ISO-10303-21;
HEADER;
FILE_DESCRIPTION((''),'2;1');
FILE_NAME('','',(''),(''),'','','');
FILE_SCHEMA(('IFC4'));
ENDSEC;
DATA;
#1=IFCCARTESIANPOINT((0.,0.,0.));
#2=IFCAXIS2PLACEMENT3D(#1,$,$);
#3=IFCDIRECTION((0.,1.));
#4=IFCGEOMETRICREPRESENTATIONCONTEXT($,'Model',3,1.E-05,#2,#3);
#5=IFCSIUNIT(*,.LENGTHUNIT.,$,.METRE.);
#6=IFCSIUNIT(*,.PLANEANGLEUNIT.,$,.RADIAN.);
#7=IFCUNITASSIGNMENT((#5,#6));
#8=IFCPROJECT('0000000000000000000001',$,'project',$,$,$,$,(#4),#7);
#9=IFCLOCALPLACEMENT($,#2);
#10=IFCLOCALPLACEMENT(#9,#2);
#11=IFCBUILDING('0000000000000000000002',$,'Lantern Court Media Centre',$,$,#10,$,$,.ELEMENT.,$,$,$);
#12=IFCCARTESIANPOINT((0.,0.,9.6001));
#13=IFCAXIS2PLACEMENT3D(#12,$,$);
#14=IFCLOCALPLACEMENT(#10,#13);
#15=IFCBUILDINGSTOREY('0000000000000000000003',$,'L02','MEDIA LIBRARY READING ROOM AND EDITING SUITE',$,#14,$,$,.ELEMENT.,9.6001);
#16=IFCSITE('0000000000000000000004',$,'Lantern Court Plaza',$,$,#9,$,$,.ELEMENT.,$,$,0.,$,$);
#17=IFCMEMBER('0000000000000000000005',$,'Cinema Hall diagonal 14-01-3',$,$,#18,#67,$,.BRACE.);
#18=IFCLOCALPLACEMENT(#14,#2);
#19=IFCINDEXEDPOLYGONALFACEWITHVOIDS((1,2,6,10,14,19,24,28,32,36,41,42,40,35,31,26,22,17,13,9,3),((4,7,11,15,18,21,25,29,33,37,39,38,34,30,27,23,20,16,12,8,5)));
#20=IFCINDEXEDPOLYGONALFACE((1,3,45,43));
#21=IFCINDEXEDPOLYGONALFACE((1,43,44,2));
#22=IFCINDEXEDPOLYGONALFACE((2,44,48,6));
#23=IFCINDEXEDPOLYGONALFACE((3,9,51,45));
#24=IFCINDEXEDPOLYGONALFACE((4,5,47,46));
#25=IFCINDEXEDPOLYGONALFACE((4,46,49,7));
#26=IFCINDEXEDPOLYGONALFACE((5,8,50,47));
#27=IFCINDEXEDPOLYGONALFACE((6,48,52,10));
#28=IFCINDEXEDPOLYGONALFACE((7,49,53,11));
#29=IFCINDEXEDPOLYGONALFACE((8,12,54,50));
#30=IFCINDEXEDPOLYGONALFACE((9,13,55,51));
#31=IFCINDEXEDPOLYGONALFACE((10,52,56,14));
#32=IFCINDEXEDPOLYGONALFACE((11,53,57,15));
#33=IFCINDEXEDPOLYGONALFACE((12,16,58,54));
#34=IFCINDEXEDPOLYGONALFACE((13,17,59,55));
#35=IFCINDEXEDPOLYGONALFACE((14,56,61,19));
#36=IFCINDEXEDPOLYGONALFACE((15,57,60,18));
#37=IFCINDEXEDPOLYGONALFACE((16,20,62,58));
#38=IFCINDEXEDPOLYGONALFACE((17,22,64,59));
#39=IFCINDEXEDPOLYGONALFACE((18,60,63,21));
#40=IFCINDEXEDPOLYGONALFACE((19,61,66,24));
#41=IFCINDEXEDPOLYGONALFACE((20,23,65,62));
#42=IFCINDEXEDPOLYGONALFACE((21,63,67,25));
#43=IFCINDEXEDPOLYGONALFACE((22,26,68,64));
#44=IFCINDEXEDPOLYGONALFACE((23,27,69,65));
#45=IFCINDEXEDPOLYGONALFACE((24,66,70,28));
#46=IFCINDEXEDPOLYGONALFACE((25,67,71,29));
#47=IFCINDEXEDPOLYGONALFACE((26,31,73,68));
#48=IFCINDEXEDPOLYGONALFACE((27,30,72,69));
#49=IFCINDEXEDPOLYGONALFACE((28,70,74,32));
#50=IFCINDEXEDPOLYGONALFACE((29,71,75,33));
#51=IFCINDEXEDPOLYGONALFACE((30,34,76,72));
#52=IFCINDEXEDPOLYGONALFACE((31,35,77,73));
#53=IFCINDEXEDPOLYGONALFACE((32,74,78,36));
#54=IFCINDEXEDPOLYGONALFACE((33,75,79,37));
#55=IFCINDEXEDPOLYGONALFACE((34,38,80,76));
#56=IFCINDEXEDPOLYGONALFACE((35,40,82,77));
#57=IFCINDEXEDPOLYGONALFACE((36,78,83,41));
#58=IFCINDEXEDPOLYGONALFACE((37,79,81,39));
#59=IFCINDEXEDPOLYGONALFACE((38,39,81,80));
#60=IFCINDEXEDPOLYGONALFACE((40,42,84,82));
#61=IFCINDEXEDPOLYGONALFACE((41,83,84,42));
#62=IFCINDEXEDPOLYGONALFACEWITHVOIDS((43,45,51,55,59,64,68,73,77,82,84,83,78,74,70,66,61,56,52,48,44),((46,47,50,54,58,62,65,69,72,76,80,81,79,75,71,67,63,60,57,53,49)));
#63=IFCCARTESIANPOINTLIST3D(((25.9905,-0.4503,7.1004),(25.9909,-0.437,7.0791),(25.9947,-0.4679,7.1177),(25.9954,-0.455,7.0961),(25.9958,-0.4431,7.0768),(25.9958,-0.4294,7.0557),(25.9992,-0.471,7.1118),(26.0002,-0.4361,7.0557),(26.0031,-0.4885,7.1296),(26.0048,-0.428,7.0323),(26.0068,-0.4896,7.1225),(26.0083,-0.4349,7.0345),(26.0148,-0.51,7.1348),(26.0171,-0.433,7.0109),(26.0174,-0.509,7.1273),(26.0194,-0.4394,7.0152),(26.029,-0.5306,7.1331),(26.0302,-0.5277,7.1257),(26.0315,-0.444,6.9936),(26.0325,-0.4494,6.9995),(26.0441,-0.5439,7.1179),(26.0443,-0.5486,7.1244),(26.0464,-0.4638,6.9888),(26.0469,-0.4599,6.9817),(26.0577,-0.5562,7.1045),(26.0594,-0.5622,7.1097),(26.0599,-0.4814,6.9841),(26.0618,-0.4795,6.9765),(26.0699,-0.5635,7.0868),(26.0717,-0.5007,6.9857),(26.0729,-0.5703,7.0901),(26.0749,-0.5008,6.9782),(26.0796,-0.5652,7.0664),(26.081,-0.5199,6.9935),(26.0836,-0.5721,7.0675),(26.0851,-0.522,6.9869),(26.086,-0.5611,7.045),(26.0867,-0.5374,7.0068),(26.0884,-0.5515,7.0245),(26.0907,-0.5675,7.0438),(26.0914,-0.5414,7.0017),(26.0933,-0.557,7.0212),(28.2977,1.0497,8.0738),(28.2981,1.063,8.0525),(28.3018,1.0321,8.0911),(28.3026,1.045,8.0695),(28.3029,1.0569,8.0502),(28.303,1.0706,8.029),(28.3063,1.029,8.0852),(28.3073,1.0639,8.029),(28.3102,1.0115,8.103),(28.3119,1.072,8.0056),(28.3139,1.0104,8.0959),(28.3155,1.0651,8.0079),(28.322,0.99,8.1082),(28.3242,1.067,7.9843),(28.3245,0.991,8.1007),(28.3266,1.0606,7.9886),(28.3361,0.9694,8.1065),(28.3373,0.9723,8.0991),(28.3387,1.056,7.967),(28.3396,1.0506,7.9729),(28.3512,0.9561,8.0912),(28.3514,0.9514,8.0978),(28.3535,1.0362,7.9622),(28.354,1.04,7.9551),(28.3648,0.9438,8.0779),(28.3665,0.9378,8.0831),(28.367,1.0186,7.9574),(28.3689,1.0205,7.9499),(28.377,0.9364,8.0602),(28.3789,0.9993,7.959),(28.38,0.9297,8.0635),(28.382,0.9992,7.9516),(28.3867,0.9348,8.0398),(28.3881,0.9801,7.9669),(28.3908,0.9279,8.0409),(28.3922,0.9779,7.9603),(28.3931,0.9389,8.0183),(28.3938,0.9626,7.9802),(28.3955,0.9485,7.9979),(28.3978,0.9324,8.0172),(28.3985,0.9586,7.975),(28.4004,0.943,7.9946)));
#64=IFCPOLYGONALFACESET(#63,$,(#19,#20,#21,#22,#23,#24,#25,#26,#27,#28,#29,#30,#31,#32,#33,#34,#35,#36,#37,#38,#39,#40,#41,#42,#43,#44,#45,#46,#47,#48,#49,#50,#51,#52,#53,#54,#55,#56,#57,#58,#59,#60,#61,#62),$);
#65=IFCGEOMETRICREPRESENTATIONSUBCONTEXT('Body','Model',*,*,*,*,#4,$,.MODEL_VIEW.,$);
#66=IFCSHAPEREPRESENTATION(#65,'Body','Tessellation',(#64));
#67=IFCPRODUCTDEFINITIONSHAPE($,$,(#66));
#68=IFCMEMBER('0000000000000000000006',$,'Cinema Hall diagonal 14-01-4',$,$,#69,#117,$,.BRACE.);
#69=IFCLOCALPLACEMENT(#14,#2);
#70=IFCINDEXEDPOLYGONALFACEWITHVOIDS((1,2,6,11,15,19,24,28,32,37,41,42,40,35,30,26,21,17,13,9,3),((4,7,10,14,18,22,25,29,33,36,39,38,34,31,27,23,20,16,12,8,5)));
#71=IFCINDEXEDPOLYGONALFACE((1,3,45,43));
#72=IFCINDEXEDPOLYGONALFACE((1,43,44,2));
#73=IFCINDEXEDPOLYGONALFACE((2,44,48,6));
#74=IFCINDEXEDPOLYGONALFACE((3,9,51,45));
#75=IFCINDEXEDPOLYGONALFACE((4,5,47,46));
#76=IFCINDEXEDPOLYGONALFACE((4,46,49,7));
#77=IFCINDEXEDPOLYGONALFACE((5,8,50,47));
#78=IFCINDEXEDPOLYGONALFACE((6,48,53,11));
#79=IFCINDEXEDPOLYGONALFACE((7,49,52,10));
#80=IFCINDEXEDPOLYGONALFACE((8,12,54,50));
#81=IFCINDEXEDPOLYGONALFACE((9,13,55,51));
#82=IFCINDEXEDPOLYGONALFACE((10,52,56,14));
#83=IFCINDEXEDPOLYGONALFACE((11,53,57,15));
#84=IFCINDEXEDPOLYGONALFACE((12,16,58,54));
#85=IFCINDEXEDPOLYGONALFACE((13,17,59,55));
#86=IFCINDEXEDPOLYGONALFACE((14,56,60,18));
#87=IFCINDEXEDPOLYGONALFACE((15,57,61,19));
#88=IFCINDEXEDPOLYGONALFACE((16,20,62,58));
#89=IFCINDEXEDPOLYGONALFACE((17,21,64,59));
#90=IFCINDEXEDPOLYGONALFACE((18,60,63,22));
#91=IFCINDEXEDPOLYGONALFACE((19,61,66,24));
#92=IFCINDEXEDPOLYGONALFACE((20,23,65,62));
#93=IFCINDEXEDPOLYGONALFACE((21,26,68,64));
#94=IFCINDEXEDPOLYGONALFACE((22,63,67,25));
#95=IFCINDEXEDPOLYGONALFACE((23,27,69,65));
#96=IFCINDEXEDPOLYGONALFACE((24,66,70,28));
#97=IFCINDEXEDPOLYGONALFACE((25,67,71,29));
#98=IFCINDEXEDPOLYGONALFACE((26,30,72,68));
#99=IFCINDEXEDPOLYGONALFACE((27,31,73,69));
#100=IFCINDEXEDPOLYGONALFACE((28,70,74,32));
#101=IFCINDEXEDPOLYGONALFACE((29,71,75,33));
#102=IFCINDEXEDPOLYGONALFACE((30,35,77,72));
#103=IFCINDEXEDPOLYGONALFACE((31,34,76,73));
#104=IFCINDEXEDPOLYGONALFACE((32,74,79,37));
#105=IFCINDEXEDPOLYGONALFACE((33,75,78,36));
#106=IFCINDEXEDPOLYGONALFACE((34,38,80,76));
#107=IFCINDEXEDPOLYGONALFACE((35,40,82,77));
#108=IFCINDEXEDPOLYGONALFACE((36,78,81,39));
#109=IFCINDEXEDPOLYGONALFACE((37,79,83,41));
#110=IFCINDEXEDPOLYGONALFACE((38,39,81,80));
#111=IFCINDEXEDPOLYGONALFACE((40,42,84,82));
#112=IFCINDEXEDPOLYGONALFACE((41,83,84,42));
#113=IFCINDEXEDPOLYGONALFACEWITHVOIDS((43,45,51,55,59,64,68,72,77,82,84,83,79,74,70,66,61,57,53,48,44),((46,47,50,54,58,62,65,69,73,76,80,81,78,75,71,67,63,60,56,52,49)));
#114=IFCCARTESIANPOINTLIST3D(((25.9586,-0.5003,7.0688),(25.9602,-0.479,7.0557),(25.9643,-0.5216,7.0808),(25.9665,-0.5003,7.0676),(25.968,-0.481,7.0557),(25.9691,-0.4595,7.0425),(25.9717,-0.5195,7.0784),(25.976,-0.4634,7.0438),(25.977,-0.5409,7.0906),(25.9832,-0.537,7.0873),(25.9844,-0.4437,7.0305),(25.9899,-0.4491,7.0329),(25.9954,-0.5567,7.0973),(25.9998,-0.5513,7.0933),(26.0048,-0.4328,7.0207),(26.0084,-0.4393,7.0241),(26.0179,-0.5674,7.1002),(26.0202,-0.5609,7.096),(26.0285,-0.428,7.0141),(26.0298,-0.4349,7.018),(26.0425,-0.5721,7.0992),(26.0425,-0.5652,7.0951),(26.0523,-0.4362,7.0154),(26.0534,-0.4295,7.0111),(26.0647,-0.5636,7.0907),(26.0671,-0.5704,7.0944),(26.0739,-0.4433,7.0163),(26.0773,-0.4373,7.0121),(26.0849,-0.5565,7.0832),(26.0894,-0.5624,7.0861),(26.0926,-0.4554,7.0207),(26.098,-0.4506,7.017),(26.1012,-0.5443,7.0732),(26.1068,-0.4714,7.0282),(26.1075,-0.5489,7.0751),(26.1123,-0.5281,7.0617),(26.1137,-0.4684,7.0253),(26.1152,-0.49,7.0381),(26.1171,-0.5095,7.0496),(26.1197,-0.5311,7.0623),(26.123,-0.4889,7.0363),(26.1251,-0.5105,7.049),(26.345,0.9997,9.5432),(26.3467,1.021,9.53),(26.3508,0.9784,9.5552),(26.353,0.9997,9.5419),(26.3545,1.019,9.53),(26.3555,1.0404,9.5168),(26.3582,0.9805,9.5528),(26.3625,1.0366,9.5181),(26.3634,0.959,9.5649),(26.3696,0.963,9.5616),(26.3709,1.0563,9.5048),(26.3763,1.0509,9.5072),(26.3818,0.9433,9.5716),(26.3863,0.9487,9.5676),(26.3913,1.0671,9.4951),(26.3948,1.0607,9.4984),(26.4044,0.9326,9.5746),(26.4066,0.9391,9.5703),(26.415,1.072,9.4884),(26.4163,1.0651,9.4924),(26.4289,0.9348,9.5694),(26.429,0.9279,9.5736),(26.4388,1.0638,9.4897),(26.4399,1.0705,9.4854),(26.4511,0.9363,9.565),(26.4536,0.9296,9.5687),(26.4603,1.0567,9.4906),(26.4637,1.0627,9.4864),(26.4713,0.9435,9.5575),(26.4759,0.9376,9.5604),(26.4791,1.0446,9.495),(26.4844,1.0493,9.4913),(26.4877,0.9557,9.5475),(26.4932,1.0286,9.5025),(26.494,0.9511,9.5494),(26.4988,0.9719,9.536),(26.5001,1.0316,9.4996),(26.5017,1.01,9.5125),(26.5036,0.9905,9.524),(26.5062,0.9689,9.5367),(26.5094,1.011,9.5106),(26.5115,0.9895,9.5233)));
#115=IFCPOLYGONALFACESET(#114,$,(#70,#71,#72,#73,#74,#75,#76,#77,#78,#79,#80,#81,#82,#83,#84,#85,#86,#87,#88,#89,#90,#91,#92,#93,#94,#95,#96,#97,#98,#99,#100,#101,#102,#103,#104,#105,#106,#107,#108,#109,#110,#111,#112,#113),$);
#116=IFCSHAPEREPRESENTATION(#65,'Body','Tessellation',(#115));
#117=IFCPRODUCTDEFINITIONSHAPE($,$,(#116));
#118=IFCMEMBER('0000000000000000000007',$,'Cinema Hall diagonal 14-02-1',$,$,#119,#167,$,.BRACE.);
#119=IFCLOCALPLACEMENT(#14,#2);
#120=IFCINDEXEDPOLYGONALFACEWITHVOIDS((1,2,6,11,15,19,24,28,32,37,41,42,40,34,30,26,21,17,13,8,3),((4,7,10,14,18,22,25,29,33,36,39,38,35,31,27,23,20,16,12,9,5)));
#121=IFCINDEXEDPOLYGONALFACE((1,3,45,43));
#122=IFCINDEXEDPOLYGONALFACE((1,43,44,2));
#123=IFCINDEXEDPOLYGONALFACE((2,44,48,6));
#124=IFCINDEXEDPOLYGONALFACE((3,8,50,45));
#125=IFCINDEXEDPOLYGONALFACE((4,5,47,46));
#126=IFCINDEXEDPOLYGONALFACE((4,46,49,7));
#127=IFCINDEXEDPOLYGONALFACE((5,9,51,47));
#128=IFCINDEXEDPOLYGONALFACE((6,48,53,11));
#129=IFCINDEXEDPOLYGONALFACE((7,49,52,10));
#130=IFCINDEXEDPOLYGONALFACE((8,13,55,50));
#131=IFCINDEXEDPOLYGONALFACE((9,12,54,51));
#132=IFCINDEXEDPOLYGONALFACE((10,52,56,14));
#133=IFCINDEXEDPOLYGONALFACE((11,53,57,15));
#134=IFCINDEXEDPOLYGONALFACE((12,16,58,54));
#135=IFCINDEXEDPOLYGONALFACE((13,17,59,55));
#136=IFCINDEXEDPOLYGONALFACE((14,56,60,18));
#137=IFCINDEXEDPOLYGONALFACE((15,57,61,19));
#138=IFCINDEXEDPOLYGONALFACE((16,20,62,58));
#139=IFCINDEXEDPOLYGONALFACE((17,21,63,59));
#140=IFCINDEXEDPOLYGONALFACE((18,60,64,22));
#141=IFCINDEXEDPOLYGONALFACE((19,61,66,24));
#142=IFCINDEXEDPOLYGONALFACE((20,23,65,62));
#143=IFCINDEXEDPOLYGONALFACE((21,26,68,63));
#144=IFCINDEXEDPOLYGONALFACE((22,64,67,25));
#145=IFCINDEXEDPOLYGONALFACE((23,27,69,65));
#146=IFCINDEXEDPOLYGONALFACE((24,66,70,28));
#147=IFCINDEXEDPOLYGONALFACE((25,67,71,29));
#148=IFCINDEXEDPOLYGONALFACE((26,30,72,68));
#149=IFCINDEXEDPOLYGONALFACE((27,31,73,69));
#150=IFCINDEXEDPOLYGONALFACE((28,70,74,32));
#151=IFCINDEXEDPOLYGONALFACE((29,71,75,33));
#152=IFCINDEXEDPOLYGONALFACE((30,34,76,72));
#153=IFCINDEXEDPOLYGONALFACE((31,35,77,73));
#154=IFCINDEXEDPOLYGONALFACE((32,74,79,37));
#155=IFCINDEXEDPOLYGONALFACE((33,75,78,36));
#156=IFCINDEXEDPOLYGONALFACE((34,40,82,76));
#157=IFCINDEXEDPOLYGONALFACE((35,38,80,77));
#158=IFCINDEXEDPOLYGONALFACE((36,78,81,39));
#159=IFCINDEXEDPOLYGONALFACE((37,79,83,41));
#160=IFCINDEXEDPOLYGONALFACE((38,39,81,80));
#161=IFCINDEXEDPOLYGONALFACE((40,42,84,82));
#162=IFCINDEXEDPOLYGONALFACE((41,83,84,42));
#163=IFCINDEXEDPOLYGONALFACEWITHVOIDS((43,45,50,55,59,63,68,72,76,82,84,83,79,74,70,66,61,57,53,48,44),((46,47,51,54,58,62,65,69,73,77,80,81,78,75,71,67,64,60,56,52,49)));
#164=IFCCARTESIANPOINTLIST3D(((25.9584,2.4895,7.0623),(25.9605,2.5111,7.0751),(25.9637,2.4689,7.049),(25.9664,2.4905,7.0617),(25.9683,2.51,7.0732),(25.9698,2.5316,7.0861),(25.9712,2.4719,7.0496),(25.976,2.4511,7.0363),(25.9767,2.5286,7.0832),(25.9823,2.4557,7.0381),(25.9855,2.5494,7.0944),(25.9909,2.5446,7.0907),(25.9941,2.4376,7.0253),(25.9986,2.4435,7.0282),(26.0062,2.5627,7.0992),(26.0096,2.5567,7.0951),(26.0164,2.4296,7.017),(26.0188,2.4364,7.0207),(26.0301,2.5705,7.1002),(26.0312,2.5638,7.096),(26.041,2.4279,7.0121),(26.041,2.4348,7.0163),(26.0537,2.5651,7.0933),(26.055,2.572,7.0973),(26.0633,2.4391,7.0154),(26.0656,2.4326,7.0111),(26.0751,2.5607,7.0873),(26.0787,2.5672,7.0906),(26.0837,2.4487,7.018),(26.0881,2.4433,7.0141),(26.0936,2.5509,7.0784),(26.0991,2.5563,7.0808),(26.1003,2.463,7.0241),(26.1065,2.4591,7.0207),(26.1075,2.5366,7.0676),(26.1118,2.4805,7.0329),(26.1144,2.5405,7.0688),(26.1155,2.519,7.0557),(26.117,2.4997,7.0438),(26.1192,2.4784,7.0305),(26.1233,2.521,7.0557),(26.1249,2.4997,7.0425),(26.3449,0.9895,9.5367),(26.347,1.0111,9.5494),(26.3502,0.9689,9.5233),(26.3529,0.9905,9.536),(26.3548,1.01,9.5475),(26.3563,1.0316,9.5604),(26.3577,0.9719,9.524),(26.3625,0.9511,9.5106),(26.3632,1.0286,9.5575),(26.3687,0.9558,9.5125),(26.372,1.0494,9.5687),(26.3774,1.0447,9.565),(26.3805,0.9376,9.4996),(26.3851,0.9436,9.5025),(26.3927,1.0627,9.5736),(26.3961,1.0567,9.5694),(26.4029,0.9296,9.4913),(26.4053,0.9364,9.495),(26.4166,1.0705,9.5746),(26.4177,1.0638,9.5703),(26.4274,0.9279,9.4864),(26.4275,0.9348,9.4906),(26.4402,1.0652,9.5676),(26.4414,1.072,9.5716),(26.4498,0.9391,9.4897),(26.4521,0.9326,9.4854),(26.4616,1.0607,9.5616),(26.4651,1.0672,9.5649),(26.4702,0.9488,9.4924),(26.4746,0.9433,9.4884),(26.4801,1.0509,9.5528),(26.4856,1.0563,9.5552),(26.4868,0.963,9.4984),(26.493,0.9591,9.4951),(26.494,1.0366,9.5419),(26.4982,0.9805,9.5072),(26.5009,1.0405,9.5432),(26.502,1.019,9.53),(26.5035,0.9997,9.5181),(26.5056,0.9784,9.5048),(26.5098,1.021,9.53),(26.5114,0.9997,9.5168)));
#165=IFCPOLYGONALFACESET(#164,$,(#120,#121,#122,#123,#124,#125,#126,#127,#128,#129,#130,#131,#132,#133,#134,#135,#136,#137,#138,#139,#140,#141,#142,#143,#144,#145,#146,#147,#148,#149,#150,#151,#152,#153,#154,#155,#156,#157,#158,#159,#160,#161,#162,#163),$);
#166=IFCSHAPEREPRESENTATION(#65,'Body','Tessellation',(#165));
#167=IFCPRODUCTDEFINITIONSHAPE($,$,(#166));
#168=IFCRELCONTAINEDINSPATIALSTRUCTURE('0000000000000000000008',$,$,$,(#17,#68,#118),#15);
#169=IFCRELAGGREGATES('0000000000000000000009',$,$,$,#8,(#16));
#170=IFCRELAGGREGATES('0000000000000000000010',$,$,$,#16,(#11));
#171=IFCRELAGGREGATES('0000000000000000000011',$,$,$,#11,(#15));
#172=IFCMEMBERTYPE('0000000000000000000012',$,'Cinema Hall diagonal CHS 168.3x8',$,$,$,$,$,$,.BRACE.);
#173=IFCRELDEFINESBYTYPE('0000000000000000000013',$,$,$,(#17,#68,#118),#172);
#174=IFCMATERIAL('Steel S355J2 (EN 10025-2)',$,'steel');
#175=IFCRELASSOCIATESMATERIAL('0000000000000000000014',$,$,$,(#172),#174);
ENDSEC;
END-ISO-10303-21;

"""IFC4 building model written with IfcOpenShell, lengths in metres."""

from ifc_helpers import new_model, si_unit, direction, frame, origin, origin_2d, place, context, subcontext, project, spatial, hollow_circle, extrude, material, material_profile, profile_set, type_object, element, save


model = new_model("IFC4")

# Units and contexts
model_context = context("Model", 3, precision=1e-05, world=origin(), true_north=direction((0.0, 1.0)))
body_context = subcontext(model_context, "Body", "Model", "MODEL_VIEW")
ifc_project = project(units=[si_unit("LENGTHUNIT", "METRE"), si_unit("PLANEANGLEUNIT", "RADIAN")], contexts=[model_context])

# Site, building, storey
site_placement = place(None, origin())
site = spatial("IfcSite", under=ifc_project, at=site_placement, Name="Lantern Court Plaza", CompositionType="ELEMENT", RefElevation=0.0)
building_placement = place(site_placement, origin())
building = spatial("IfcBuilding", under=site, at=building_placement, Name="Lantern Court Media Centre", CompositionType="ELEMENT")
storey_placement = place(building_placement, frame((0.0, 0.0, 9.6001)))
storey = spatial("IfcBuildingStorey", under=building, at=storey_placement, Name="L02", Description="MEDIA LIBRARY READING ROOM AND EDITING SUITE", CompositionType="ELEMENT", Elevation=9.6001)

# Members
ifc_material_1 = material(Name="Steel S355J2 (EN 10025-2)", Category="steel")
ifc_material_profile_1 = material_profile(ifc_material_1, hollow_circle(Radius=0.0842, WallThickness=0.0081, at=origin_2d()), Name="Cinema Hall diagonal CHS 168.3x8")
ifc_profile_set_1 = profile_set([ifc_material_profile_1], Name="Steel S355J2 (EN 10025-2)")
member_type_1 = type_object("IfcMemberType", Name="Cinema Hall diagonal CHS 168.3x8", PredefinedType="BRACE", material=ifc_profile_set_1)
for number, where, z_axis, x_axis, name in (
    (1, (26.0417, -0.5, 7.0557), (0.790394, 0.513882, 0.333471), (-0.545082, 0.838383, 0.0), "Cinema Hall diagonal 14-01-3"),
):
    element("IfcMember", number, at=place(storey_placement, frame(where, z_axis=z_axis, x_axis=x_axis)), inside=storey, type_object=member_type_1, Name=name, PredefinedType="BRACE", context=body_context, shape_type="SweptSolid", body=[
        extrude(hollow_circle(Radius=0.0842, WallThickness=0.0081, at=origin_2d()), origin(), (0.0, 0.0, 1.0), 2.9189),
    ])
for number, where, z_axis, x_axis, name in (
    (2, (26.0417, -0.5, 7.0557), (0.13239, 0.513836, 0.847612), (-0.968374, 0.249501, 0.0), "Cinema Hall diagonal 14-01-4"),
    (3, (26.0417, 2.5, 7.0557), (0.13239, -0.513836, 0.847612), (0.968374, 0.249501, 0.0), "Cinema Hall diagonal 14-02-1"),
):
    element("IfcMember", number, at=place(storey_placement, frame(where, z_axis=z_axis, x_axis=x_axis)), inside=storey, type_object=member_type_1, Name=name, PredefinedType="BRACE", context=body_context, shape_type="SweptSolid", body=[
        extrude(hollow_circle(Radius=0.0842, WallThickness=0.0081, at=origin_2d()), origin(), (0.0, 0.0, 1.0), 2.9192),
    ])

save(model, "model.ifc")
